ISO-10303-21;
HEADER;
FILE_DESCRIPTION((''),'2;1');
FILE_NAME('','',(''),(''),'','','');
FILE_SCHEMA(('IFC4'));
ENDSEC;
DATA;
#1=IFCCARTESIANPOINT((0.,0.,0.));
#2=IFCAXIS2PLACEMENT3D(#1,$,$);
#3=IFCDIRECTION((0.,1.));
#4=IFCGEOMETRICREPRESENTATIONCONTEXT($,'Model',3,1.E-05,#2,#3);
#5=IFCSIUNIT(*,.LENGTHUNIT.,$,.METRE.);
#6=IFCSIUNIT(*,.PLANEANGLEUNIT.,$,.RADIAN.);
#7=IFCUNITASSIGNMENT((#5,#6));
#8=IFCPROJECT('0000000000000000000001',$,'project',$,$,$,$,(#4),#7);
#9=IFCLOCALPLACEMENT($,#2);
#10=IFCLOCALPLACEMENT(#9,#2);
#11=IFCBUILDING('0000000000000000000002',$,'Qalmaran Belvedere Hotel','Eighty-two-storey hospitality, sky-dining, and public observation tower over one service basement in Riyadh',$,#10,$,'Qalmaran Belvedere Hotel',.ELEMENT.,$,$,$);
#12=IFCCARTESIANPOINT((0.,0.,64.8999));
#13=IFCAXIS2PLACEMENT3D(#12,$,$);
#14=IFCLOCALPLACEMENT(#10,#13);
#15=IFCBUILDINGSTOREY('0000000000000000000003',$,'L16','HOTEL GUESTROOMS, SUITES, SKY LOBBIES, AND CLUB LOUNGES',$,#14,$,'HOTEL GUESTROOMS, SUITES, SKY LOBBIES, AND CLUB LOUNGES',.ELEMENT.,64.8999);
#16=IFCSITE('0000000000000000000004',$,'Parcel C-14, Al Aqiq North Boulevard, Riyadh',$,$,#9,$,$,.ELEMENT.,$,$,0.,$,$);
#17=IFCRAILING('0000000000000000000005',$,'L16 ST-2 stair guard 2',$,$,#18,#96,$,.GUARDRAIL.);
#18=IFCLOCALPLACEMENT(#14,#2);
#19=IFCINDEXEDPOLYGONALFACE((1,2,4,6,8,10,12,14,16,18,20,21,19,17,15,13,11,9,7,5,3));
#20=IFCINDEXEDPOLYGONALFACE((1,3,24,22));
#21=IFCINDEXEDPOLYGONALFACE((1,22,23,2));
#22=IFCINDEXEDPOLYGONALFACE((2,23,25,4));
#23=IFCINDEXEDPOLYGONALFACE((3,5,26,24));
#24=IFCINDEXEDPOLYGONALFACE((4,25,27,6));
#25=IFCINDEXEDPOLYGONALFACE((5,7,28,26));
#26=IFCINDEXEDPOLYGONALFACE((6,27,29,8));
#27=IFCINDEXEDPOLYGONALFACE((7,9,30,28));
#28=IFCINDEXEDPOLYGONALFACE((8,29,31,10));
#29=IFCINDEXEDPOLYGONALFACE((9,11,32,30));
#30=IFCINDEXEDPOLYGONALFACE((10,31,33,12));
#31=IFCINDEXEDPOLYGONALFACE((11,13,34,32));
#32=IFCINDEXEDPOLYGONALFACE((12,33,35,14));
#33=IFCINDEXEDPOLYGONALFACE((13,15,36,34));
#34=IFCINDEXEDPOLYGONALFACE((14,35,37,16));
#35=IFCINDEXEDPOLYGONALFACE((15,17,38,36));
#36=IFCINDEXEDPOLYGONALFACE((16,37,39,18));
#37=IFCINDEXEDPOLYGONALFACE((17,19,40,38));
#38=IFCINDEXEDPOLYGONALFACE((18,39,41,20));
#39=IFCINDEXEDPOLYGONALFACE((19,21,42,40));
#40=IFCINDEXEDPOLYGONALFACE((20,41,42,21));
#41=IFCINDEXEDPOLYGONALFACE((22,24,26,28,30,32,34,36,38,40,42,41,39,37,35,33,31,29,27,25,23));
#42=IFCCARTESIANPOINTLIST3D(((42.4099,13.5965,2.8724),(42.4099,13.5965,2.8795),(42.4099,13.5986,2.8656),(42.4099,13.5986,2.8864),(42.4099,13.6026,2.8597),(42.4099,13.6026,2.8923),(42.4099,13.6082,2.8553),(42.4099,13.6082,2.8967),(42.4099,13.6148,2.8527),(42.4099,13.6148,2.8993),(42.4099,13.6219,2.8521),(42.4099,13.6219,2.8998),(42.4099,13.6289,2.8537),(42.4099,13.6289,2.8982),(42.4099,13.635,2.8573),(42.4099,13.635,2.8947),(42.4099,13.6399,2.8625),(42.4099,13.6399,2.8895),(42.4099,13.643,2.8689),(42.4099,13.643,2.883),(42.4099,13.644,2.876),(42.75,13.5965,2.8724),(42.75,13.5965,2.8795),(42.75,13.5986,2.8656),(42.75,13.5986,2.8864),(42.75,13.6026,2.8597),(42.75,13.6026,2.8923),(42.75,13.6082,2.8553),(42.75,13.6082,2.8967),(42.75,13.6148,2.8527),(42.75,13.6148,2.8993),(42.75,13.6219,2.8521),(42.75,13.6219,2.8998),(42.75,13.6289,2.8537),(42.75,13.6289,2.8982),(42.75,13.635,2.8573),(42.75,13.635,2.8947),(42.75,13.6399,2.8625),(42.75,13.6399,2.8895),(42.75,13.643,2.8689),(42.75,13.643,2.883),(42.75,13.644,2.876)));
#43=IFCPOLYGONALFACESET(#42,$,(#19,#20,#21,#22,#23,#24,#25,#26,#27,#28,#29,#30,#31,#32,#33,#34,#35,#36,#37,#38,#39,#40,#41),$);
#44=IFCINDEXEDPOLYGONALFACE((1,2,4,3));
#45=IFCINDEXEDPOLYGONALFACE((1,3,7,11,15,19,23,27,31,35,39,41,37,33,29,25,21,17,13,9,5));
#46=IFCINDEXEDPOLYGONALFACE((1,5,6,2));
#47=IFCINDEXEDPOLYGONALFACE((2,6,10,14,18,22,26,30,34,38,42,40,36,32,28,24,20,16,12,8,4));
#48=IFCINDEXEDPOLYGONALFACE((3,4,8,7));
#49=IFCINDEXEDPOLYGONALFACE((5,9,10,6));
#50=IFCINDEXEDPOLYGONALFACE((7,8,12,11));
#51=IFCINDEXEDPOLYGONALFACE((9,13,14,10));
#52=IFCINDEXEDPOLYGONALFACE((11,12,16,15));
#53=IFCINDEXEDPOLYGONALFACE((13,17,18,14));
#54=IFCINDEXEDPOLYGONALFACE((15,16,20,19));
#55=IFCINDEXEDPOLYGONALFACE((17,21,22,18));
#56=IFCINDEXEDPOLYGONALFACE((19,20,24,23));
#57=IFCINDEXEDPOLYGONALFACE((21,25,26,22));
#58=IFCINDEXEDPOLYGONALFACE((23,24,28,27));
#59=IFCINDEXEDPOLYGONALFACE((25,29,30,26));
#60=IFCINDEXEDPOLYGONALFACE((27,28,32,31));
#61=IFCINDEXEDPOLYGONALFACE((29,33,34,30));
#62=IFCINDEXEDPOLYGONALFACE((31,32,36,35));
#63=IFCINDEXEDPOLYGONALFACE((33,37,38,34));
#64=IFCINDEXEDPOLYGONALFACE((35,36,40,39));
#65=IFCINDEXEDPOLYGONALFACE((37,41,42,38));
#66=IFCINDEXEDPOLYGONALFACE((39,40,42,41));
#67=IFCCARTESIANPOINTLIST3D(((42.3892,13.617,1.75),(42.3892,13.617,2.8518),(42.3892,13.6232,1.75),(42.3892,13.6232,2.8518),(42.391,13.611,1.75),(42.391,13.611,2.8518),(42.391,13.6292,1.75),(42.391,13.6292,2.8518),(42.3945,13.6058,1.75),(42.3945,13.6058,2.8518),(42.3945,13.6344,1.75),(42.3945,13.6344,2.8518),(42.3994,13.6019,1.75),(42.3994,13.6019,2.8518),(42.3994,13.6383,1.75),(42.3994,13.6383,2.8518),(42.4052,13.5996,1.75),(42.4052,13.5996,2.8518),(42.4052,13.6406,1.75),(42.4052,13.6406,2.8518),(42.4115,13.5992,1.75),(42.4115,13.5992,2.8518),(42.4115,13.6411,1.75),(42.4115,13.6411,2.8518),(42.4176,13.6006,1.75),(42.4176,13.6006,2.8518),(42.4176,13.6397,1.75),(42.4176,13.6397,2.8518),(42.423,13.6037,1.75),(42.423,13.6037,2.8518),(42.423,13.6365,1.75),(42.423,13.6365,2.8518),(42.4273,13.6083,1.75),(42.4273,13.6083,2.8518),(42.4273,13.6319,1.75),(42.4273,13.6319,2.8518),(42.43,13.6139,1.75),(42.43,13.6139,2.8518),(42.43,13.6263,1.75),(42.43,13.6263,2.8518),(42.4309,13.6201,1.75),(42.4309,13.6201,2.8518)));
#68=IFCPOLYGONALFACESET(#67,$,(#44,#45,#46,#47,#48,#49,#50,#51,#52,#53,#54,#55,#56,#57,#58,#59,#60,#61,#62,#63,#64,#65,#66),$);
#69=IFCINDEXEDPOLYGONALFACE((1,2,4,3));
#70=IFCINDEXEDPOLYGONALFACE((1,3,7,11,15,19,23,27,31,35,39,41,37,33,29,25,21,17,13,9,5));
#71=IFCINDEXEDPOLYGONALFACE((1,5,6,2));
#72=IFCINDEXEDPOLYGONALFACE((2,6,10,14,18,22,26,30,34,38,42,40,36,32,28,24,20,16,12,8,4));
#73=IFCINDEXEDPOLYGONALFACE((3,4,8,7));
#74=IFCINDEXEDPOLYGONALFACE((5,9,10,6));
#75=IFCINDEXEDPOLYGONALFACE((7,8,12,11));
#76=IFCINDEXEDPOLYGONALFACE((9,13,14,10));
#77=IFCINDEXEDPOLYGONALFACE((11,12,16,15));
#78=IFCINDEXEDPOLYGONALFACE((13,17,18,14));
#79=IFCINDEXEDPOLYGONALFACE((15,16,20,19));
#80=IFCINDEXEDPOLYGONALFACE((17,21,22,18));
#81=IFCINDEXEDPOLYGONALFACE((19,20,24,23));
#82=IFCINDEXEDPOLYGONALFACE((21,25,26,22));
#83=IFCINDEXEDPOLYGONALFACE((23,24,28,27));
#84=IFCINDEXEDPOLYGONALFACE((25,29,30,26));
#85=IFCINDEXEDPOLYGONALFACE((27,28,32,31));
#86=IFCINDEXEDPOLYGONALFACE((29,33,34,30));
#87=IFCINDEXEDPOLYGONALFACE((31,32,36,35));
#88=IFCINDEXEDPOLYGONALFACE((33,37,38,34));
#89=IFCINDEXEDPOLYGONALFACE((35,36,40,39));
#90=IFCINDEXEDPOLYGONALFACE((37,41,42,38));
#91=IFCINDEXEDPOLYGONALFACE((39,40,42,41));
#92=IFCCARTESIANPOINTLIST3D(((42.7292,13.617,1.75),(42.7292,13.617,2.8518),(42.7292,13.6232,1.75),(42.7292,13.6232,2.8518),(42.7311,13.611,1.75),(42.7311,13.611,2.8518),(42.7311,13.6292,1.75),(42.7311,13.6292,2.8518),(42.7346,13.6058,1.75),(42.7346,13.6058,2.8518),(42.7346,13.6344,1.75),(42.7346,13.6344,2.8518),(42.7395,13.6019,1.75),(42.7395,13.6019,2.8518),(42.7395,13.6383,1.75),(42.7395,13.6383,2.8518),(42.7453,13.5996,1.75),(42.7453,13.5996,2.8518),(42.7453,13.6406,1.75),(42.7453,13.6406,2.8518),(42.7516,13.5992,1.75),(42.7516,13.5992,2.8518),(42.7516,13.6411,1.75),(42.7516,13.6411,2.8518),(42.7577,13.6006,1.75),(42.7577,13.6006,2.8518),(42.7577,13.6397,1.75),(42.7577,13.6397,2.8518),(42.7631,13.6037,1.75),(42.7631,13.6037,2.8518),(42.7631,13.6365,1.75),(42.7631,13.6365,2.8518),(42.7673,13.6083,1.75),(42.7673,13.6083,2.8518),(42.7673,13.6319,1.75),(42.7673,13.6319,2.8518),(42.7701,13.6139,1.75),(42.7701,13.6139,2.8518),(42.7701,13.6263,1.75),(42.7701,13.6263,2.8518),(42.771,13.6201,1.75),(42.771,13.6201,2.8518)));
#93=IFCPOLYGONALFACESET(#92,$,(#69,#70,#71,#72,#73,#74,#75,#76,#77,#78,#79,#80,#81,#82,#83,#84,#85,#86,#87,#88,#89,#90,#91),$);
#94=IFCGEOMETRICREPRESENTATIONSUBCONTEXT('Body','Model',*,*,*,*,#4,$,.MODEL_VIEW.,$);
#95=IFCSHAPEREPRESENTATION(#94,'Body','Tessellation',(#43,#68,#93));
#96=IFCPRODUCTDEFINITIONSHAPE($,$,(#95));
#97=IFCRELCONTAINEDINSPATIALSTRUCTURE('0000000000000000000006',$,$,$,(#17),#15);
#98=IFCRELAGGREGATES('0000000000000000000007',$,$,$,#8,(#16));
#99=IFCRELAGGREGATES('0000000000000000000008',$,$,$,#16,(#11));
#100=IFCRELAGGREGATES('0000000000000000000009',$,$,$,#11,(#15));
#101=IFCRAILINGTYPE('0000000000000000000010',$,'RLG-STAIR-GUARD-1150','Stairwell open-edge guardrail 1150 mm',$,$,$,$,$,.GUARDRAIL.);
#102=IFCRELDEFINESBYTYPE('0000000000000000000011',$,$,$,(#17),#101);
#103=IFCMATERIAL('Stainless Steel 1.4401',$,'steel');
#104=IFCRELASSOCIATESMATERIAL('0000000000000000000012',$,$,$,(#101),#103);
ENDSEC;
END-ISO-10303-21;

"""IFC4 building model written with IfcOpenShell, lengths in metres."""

from ifc_helpers import new_model, si_unit, direction, frame, origin, origin_2d, place, context, subcontext, project, spatial, circle, extrude, material, type_object, element, save


model = new_model("IFC4")

# Units and contexts
model_context = context("Model", 3, precision=1e-05, world=origin(), true_north=direction((0.0, 1.0)))
body_context = subcontext(model_context, "Body", "Model", "MODEL_VIEW")
ifc_project = project(units=[si_unit("LENGTHUNIT", "METRE"), si_unit("PLANEANGLEUNIT", "RADIAN")], contexts=[model_context])

# Site, building, storey
site_placement = place(None, origin())
site = spatial("IfcSite", under=ifc_project, at=site_placement, Name="Parcel C-14, Al Aqiq North Boulevard, Riyadh", CompositionType="ELEMENT", RefElevation=0.0)
building_placement = place(site_placement, origin())
building = spatial("IfcBuilding", under=site, at=building_placement, Name="Qalmaran Belvedere Hotel", Description="Eighty-two-storey hospitality, sky-dining, and public observation tower over one service basement in Riyadh", LongName="Qalmaran Belvedere Hotel", CompositionType="ELEMENT")
storey_placement = place(building_placement, frame((0.0, 0.0, 64.8999)))
storey = spatial("IfcBuildingStorey", under=building, at=storey_placement, Name="L16", Description="HOTEL GUESTROOMS, SUITES, SKY LOBBIES, AND CLUB LOUNGES", LongName="HOTEL GUESTROOMS, SUITES, SKY LOBBIES, AND CLUB LOUNGES", CompositionType="ELEMENT", Elevation=64.8999)

# Shared definitions
ifc_material_1 = material(Name="Stainless Steel 1.4401", Category="steel")

# Railing
railing_type_1 = type_object("IfcRailingType", Name="RLG-STAIR-GUARD-1150", Description="Stairwell open-edge guardrail 1150 mm", PredefinedType="GUARDRAIL", material=ifc_material_1)
railing_1_placement = place(storey_placement, frame((42.4099, 13.6201, 1.75)))
element("IfcRailing", 1, at=railing_1_placement, inside=storey, type_object=railing_type_1, Name="L16 ST-2 stair guard 2", PredefinedType="GUARDRAIL", context=body_context, shape_type="SweptSolid", body=[
    extrude(circle(Radius=0.0239, at=origin_2d()), frame((0.0, 0.0, 1.126), z_axis=(1.0, 0.0, 0.0), x_axis=(0.0, 1.0, 0.0)), (0.0, 0.0, 1.0), 0.3401),
    extrude(circle(Radius=0.021, at=origin_2d()), origin(), (0.0, 0.0, 1.0), 1.1018),
    extrude(circle(Radius=0.021, at=origin_2d()), frame((0.3401, 0.0, 0.0)), (0.0, 0.0, 1.0), 1.1018),
])

save(model, "model.ifc")
